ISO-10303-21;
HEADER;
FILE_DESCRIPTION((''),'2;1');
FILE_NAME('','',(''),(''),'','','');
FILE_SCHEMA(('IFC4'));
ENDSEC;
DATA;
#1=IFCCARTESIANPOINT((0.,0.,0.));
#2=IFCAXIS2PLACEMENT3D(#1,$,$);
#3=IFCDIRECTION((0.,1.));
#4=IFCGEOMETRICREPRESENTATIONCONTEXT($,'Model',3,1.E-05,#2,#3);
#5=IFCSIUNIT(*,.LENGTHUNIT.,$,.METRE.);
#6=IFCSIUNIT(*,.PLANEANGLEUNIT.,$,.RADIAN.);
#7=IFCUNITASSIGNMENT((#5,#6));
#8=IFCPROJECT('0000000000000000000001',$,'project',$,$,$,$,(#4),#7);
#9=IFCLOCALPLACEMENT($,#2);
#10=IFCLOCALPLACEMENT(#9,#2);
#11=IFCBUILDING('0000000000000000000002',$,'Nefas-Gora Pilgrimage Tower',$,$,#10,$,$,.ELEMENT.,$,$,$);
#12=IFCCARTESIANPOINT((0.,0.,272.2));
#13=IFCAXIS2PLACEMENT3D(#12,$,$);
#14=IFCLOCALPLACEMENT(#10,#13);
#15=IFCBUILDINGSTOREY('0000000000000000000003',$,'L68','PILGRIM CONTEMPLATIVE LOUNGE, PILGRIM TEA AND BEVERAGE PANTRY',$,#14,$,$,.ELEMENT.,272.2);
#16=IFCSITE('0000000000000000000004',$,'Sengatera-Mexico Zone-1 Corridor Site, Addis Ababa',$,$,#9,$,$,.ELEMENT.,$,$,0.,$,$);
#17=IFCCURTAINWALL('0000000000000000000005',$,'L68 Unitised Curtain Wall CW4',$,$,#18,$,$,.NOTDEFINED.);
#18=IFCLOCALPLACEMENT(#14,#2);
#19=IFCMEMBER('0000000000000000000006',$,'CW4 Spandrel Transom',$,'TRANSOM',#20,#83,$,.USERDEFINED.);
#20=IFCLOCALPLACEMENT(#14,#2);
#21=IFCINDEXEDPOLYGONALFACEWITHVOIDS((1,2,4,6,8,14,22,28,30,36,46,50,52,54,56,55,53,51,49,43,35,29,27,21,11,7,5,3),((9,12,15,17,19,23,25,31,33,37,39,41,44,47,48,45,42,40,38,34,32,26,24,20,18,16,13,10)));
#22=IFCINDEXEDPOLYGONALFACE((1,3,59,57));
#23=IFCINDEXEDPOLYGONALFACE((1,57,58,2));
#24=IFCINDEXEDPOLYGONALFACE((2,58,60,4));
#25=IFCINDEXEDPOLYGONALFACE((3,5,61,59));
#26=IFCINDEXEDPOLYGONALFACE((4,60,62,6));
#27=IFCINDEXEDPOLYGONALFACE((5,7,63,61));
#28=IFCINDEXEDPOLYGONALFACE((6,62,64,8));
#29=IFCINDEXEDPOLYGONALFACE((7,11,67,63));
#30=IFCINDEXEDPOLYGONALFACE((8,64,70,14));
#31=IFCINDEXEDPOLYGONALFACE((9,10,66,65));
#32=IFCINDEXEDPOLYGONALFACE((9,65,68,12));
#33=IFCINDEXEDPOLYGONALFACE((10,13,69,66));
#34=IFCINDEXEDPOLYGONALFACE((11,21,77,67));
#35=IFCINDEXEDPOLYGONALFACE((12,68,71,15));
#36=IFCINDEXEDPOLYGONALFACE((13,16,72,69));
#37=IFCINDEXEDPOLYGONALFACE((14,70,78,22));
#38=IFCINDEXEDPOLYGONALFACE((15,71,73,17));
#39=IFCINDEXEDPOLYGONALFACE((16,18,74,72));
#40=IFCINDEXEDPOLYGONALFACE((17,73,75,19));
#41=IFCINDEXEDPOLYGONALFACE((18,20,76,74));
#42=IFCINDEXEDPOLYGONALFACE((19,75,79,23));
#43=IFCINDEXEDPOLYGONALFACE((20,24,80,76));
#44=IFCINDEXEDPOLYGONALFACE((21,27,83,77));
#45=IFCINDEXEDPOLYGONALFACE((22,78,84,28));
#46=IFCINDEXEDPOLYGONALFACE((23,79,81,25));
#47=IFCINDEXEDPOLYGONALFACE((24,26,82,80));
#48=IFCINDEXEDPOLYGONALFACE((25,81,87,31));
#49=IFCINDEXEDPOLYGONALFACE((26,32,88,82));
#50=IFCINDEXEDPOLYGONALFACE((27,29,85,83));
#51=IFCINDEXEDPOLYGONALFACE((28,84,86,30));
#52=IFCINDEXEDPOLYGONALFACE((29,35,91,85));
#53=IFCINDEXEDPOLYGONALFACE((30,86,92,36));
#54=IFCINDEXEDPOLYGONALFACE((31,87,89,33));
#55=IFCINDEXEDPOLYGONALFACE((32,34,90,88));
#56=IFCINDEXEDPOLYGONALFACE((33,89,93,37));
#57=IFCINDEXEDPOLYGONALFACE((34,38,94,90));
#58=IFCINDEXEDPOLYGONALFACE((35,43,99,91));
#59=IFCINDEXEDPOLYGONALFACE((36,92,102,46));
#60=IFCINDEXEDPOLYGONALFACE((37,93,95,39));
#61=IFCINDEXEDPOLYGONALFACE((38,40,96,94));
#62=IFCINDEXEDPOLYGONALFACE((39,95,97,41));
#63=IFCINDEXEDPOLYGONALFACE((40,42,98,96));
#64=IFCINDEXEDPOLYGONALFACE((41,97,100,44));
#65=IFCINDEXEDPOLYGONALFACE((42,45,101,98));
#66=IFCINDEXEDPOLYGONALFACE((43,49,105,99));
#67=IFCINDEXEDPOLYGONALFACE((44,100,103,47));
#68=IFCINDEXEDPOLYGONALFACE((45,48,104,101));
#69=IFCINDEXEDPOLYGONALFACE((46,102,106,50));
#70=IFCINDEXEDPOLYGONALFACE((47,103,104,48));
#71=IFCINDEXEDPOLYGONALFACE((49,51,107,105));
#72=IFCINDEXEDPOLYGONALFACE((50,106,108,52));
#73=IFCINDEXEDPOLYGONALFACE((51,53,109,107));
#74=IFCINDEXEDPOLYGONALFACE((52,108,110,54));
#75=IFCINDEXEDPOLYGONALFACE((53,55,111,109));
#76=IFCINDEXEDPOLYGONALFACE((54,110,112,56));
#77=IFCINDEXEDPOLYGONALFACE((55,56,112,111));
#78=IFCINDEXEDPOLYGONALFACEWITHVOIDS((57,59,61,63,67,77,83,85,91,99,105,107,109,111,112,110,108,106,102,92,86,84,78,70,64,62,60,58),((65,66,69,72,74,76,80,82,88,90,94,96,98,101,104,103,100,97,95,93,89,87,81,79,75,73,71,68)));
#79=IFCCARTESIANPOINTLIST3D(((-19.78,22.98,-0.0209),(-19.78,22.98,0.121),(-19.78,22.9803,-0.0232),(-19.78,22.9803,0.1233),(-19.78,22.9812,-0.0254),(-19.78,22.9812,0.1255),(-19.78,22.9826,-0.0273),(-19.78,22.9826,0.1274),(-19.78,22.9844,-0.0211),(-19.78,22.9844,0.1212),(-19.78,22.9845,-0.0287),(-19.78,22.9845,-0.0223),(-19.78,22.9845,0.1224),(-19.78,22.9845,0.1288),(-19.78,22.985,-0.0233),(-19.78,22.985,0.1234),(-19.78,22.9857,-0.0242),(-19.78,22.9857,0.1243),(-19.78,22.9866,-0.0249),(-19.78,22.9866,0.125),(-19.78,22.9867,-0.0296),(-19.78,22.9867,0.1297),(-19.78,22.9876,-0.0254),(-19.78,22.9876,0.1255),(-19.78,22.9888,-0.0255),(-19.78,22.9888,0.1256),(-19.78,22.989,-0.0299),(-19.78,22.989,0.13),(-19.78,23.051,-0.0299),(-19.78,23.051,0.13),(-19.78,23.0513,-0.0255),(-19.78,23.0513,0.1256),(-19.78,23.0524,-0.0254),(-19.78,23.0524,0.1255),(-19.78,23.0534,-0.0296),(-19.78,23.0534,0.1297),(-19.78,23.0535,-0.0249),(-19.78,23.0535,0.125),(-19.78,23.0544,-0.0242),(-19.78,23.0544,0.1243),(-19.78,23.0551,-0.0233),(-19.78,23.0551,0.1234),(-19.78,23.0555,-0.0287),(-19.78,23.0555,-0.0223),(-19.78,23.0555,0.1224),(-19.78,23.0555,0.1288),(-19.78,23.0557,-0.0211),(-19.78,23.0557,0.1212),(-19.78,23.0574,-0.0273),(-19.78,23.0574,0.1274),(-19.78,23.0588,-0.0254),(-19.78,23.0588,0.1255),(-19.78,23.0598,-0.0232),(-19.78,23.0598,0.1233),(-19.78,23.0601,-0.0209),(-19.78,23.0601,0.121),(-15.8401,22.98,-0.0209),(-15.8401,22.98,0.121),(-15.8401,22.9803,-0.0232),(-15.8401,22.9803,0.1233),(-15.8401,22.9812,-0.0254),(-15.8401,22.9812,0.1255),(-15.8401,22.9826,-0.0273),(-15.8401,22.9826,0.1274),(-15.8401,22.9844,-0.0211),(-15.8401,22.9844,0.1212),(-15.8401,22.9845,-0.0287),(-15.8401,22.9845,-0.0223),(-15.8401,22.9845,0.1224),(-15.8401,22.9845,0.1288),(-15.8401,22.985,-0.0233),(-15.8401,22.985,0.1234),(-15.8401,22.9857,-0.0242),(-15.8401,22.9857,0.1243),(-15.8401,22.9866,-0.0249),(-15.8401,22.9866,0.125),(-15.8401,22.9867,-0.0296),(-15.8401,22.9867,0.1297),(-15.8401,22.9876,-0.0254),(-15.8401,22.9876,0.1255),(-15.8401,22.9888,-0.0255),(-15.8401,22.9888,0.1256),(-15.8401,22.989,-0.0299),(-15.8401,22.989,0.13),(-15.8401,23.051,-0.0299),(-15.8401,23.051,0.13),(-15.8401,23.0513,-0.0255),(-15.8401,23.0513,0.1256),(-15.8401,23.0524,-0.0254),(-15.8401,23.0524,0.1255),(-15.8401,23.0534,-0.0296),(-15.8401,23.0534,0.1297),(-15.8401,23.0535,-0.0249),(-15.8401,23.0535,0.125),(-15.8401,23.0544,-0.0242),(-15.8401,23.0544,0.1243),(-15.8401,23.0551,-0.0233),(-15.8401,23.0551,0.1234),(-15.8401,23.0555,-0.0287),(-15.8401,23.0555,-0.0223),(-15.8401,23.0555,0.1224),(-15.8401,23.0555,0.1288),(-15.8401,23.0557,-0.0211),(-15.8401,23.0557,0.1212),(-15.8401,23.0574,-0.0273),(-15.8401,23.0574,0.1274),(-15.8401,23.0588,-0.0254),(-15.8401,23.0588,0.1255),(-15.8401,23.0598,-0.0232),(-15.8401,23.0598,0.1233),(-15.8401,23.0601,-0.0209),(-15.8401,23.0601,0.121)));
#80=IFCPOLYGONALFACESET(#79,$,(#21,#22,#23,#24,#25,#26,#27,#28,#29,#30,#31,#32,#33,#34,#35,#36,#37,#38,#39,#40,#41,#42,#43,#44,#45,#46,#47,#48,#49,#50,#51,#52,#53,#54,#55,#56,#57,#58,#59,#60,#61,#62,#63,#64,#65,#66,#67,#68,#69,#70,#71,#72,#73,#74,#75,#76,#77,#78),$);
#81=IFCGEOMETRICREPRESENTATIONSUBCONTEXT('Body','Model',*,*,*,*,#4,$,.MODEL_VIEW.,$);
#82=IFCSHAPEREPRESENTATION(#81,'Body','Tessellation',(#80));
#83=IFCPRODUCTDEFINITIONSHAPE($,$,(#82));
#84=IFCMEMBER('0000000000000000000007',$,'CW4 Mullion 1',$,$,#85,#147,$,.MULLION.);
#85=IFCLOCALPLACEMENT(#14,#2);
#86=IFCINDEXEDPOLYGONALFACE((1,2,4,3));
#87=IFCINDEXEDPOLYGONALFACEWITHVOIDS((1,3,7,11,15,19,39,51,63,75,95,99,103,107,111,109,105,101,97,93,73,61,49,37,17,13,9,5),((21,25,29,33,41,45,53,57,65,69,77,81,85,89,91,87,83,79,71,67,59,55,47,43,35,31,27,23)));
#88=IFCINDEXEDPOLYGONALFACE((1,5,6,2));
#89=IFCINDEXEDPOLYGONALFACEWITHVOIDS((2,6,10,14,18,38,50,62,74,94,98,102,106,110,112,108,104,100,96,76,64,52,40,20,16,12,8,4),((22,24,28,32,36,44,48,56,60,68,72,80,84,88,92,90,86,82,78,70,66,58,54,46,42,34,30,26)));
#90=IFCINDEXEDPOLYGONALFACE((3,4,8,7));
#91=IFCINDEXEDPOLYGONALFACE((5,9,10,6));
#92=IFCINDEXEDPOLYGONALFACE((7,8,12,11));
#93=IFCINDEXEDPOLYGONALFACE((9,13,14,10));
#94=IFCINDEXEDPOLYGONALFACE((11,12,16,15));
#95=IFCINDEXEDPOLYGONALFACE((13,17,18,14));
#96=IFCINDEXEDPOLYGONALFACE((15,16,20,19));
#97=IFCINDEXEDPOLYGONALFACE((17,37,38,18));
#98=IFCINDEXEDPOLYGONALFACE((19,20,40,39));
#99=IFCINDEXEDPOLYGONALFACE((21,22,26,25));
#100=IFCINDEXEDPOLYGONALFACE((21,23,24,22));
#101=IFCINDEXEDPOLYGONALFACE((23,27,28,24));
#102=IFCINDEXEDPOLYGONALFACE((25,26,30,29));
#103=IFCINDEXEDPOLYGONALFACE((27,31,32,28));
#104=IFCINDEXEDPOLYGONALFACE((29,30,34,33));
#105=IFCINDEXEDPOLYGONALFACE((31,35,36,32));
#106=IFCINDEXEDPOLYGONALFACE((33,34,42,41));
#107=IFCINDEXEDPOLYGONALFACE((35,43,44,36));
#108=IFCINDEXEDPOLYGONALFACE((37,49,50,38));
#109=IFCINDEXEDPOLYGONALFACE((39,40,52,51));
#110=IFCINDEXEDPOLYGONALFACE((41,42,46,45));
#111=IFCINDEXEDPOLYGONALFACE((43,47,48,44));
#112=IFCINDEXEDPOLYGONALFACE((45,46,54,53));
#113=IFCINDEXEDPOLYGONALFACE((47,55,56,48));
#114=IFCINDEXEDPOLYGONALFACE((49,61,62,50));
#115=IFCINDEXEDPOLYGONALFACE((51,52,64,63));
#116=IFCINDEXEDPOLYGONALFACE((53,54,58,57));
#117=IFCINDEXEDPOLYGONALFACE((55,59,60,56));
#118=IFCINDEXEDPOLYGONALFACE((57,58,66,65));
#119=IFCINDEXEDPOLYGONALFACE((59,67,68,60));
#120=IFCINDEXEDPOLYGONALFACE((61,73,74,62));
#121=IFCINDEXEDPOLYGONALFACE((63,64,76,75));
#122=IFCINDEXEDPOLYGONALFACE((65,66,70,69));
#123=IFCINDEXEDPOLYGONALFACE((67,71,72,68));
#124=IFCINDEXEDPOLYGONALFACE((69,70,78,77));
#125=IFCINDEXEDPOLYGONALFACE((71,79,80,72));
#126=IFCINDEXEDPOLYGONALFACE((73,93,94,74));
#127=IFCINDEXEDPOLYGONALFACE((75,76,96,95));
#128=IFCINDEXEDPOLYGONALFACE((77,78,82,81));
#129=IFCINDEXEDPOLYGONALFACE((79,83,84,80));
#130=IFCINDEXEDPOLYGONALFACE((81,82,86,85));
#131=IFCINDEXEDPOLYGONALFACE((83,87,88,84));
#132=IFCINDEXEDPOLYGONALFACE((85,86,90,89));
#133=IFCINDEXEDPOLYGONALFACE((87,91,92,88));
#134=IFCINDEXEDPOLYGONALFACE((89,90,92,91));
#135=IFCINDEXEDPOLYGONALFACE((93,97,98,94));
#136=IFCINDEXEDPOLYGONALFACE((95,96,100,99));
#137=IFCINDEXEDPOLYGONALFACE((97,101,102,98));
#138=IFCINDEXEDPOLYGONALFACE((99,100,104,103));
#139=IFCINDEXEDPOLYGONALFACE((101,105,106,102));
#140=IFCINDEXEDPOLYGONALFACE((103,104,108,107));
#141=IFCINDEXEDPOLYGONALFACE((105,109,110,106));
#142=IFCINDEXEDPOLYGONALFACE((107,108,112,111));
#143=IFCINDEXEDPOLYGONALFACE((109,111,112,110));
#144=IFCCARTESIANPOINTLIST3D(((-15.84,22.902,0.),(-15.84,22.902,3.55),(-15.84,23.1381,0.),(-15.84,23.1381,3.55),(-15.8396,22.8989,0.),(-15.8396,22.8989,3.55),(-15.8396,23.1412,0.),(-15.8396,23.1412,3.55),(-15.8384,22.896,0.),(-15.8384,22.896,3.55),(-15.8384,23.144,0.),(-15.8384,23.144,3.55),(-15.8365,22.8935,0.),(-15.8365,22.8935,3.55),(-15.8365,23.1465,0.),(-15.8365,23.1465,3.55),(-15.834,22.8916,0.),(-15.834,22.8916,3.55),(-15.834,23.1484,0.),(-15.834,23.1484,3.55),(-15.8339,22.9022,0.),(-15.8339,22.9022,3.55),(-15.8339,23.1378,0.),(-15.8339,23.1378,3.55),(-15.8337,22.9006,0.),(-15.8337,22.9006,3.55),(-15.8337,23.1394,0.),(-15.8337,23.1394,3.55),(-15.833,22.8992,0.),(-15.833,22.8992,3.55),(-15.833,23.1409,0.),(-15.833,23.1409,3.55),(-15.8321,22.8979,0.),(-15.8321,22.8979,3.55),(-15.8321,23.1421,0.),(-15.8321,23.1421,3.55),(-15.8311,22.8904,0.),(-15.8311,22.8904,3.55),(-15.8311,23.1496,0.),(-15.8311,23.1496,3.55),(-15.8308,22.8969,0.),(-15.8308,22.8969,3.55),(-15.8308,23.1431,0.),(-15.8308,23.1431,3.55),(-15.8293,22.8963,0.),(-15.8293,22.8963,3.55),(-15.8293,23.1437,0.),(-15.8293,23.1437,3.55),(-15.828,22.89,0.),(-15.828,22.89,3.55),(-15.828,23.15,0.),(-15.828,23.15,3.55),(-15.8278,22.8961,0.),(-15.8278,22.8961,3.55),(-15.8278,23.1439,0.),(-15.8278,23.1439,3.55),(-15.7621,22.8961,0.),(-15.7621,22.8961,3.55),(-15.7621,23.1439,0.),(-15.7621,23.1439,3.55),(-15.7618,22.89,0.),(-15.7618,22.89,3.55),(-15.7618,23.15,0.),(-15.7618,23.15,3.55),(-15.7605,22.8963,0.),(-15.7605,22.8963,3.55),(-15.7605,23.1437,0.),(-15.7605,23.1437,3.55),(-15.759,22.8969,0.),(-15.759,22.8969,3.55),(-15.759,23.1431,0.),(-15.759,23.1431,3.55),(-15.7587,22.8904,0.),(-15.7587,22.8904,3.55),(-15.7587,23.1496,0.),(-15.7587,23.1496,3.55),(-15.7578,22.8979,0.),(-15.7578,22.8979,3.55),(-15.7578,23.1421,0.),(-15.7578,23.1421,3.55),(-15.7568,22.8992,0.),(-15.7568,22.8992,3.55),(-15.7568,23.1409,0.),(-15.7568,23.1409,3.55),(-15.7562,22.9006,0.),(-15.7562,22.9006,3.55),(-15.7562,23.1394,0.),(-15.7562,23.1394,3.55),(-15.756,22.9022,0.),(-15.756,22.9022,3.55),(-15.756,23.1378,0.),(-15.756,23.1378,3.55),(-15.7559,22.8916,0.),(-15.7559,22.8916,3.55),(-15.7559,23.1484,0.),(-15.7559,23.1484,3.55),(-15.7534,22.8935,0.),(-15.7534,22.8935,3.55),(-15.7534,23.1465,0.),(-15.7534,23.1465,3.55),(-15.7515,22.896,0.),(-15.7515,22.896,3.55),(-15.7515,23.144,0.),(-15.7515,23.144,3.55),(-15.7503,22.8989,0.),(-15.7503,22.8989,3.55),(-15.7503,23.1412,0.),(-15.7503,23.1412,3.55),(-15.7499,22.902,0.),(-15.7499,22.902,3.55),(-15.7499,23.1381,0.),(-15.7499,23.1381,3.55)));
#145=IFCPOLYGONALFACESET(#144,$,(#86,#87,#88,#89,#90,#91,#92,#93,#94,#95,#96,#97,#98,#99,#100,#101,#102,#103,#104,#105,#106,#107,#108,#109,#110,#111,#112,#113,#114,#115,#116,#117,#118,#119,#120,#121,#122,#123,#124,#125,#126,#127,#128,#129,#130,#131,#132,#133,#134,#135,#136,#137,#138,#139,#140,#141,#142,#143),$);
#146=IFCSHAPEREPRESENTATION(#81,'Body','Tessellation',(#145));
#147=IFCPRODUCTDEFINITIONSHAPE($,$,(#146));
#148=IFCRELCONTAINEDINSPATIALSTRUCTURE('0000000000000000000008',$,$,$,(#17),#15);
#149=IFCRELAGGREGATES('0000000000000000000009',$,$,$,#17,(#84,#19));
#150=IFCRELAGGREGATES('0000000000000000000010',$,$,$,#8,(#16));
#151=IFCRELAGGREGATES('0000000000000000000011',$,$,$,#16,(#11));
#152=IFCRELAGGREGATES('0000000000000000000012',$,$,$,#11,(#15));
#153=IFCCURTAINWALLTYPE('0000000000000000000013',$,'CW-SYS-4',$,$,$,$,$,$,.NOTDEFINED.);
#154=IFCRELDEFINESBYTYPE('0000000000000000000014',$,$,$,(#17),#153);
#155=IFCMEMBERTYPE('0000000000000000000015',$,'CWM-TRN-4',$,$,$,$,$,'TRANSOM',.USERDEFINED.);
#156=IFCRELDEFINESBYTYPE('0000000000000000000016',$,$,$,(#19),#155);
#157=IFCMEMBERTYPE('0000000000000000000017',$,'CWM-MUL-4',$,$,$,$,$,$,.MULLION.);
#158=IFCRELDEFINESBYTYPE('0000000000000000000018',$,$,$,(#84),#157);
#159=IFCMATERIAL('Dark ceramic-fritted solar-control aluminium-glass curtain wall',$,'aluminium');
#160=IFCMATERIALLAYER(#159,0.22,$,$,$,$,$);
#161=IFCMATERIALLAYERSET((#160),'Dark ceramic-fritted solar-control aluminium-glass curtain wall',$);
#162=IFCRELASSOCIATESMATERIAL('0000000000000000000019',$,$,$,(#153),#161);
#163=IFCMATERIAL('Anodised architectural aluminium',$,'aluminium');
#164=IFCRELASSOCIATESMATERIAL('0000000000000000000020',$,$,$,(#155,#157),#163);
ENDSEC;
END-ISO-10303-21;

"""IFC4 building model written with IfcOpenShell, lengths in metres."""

from ifc_helpers import new_model, si_unit, direction, frame, origin, origin_2d, place, context, subcontext, project, spatial, hollow_rectangle, extrude, source, transform, mapped, material, layer, layer_set, material_profile, profile_set, type_object, element, aggregate, save


model = new_model("IFC4")

# Units and contexts
model_context = context("Model", 3, precision=1e-05, world=origin(), true_north=direction((0.0, 1.0)))
body_context = subcontext(model_context, "Body", "Model", "MODEL_VIEW")
ifc_project = project(units=[si_unit("LENGTHUNIT", "METRE"), si_unit("PLANEANGLEUNIT", "RADIAN")], contexts=[model_context])

# Site, building, storey
site_placement = place(None, origin())
site = spatial("IfcSite", under=ifc_project, at=site_placement, Name="Sengatera-Mexico Zone-1 Corridor Site, Addis Ababa", CompositionType="ELEMENT", RefElevation=0.0)
building_placement = place(site_placement, origin())
building = spatial("IfcBuilding", under=site, at=building_placement, Name="Nefas-Gora Pilgrimage Tower", CompositionType="ELEMENT")
storey_placement = place(building_placement, frame((0.0, 0.0, 272.2)))
storey = spatial("IfcBuildingStorey", under=building, at=storey_placement, Name="L68", Description="PILGRIM CONTEMPLATIVE LOUNGE, PILGRIM TEA AND BEVERAGE PANTRY", CompositionType="ELEMENT", Elevation=272.2)

# Curtain wall, members
ifc_material_1 = material(Name="Dark ceramic-fritted solar-control aluminium-glass curtain wall", Category="aluminium")
ifc_material_2 = material(Name="Anodised architectural aluminium", Category="aluminium")
ifc_layer_1 = layer(ifc_material_1, 0.22)
ifc_layer_set_1 = layer_set([ifc_layer_1], Name="Dark ceramic-fritted solar-control aluminium-glass curtain wall")
curtain_wall_type_1 = type_object("IfcCurtainWallType", Name="CW-SYS-4", PredefinedType="NOTDEFINED", material=ifc_layer_set_1)
curtain_wall_1_placement = place(storey_placement, origin())
curtain_wall_1 = element("IfcCurtainWall", 1, at=curtain_wall_1_placement, inside=storey, type_object=curtain_wall_type_1, Name="L68 Unitised Curtain Wall CW4", PredefinedType="NOTDEFINED")
ifc_material_profile_1 = material_profile(ifc_material_2, hollow_rectangle(XDim=0.0801, YDim=0.1599, WallThickness=0.0044, InnerFilletRadius=0.0044, OuterFilletRadius=0.009, at=origin_2d()), Name="ALU TRANSOM 80x160")
ifc_profile_set_1 = profile_set([ifc_material_profile_1], Name="Anodised architectural aluminium")
member_type_1 = type_object("IfcMemberType", Name="CWM-TRN-4", ElementType="TRANSOM", PredefinedType="USERDEFINED", material=ifc_profile_set_1)
shared_shape_1 = source(origin(), body_context, "Body", "SweptSolid", [
    extrude(hollow_rectangle(XDim=0.0801, YDim=0.1599, WallThickness=0.0044, InnerFilletRadius=0.0044, OuterFilletRadius=0.009, at=origin_2d()), origin(), (0.0, 0.0, 1.0), 3.9399),
])
member_1_placement = place(storey_placement, frame((-15.8401, 23.02, 0.05), z_axis=(-1.0, 0.0, 0.0), x_axis=(0.0, -1.0, 0.0)))
member_1 = element("IfcMember", 2, at=member_1_placement, type_object=member_type_1, Name="CW4 Spandrel Transom", ObjectType="TRANSOM", PredefinedType="USERDEFINED", context=body_context, shape_type="MappedRepresentation", body=[
    mapped(shared_shape_1, transform((0.0, 0.0, 0.0), x_axis=(1.0, 0.0, 0.0), y_axis=(0.0, 1.0, 0.0), z_axis=(0.0, 0.0, 1.0), scale=1.0)),
])
ifc_material_profile_2 = material_profile(ifc_material_2, hollow_rectangle(XDim=0.0901, YDim=0.26, WallThickness=0.0061, InnerFilletRadius=0.0061, OuterFilletRadius=0.012, at=origin_2d()), Name="ALU MULLION 90x260")
ifc_profile_set_2 = profile_set([ifc_material_profile_2], Name="Anodised architectural aluminium")
member_type_2 = type_object("IfcMemberType", Name="CWM-MUL-4", PredefinedType="MULLION", material=ifc_profile_set_2)
shared_shape_2 = source(origin(), body_context, "Body", "SweptSolid", [
    extrude(hollow_rectangle(XDim=0.0901, YDim=0.26, WallThickness=0.0061, InnerFilletRadius=0.0061, OuterFilletRadius=0.012, at=origin_2d()), origin(), (0.0, 0.0, 1.0), 3.55),
])
member_2_placement = place(storey_placement, frame((-15.7949, 23.02, 0.0), z_axis=(0.0, 0.0, 1.0), x_axis=(-1.0, 0.0, 0.0)))
member_2 = element("IfcMember", 3, at=member_2_placement, type_object=member_type_2, Name="CW4 Mullion 1", PredefinedType="MULLION", context=body_context, shape_type="MappedRepresentation", body=[
    mapped(shared_shape_2, transform((0.0, 0.0, 0.0), x_axis=(1.0, 0.0, 0.0), y_axis=(0.0, 1.0, 0.0), z_axis=(0.0, 0.0, 1.0), scale=1.0)),
])

aggregate(curtain_wall_1, [member_2, member_1])

save(model, "model.ifc")
